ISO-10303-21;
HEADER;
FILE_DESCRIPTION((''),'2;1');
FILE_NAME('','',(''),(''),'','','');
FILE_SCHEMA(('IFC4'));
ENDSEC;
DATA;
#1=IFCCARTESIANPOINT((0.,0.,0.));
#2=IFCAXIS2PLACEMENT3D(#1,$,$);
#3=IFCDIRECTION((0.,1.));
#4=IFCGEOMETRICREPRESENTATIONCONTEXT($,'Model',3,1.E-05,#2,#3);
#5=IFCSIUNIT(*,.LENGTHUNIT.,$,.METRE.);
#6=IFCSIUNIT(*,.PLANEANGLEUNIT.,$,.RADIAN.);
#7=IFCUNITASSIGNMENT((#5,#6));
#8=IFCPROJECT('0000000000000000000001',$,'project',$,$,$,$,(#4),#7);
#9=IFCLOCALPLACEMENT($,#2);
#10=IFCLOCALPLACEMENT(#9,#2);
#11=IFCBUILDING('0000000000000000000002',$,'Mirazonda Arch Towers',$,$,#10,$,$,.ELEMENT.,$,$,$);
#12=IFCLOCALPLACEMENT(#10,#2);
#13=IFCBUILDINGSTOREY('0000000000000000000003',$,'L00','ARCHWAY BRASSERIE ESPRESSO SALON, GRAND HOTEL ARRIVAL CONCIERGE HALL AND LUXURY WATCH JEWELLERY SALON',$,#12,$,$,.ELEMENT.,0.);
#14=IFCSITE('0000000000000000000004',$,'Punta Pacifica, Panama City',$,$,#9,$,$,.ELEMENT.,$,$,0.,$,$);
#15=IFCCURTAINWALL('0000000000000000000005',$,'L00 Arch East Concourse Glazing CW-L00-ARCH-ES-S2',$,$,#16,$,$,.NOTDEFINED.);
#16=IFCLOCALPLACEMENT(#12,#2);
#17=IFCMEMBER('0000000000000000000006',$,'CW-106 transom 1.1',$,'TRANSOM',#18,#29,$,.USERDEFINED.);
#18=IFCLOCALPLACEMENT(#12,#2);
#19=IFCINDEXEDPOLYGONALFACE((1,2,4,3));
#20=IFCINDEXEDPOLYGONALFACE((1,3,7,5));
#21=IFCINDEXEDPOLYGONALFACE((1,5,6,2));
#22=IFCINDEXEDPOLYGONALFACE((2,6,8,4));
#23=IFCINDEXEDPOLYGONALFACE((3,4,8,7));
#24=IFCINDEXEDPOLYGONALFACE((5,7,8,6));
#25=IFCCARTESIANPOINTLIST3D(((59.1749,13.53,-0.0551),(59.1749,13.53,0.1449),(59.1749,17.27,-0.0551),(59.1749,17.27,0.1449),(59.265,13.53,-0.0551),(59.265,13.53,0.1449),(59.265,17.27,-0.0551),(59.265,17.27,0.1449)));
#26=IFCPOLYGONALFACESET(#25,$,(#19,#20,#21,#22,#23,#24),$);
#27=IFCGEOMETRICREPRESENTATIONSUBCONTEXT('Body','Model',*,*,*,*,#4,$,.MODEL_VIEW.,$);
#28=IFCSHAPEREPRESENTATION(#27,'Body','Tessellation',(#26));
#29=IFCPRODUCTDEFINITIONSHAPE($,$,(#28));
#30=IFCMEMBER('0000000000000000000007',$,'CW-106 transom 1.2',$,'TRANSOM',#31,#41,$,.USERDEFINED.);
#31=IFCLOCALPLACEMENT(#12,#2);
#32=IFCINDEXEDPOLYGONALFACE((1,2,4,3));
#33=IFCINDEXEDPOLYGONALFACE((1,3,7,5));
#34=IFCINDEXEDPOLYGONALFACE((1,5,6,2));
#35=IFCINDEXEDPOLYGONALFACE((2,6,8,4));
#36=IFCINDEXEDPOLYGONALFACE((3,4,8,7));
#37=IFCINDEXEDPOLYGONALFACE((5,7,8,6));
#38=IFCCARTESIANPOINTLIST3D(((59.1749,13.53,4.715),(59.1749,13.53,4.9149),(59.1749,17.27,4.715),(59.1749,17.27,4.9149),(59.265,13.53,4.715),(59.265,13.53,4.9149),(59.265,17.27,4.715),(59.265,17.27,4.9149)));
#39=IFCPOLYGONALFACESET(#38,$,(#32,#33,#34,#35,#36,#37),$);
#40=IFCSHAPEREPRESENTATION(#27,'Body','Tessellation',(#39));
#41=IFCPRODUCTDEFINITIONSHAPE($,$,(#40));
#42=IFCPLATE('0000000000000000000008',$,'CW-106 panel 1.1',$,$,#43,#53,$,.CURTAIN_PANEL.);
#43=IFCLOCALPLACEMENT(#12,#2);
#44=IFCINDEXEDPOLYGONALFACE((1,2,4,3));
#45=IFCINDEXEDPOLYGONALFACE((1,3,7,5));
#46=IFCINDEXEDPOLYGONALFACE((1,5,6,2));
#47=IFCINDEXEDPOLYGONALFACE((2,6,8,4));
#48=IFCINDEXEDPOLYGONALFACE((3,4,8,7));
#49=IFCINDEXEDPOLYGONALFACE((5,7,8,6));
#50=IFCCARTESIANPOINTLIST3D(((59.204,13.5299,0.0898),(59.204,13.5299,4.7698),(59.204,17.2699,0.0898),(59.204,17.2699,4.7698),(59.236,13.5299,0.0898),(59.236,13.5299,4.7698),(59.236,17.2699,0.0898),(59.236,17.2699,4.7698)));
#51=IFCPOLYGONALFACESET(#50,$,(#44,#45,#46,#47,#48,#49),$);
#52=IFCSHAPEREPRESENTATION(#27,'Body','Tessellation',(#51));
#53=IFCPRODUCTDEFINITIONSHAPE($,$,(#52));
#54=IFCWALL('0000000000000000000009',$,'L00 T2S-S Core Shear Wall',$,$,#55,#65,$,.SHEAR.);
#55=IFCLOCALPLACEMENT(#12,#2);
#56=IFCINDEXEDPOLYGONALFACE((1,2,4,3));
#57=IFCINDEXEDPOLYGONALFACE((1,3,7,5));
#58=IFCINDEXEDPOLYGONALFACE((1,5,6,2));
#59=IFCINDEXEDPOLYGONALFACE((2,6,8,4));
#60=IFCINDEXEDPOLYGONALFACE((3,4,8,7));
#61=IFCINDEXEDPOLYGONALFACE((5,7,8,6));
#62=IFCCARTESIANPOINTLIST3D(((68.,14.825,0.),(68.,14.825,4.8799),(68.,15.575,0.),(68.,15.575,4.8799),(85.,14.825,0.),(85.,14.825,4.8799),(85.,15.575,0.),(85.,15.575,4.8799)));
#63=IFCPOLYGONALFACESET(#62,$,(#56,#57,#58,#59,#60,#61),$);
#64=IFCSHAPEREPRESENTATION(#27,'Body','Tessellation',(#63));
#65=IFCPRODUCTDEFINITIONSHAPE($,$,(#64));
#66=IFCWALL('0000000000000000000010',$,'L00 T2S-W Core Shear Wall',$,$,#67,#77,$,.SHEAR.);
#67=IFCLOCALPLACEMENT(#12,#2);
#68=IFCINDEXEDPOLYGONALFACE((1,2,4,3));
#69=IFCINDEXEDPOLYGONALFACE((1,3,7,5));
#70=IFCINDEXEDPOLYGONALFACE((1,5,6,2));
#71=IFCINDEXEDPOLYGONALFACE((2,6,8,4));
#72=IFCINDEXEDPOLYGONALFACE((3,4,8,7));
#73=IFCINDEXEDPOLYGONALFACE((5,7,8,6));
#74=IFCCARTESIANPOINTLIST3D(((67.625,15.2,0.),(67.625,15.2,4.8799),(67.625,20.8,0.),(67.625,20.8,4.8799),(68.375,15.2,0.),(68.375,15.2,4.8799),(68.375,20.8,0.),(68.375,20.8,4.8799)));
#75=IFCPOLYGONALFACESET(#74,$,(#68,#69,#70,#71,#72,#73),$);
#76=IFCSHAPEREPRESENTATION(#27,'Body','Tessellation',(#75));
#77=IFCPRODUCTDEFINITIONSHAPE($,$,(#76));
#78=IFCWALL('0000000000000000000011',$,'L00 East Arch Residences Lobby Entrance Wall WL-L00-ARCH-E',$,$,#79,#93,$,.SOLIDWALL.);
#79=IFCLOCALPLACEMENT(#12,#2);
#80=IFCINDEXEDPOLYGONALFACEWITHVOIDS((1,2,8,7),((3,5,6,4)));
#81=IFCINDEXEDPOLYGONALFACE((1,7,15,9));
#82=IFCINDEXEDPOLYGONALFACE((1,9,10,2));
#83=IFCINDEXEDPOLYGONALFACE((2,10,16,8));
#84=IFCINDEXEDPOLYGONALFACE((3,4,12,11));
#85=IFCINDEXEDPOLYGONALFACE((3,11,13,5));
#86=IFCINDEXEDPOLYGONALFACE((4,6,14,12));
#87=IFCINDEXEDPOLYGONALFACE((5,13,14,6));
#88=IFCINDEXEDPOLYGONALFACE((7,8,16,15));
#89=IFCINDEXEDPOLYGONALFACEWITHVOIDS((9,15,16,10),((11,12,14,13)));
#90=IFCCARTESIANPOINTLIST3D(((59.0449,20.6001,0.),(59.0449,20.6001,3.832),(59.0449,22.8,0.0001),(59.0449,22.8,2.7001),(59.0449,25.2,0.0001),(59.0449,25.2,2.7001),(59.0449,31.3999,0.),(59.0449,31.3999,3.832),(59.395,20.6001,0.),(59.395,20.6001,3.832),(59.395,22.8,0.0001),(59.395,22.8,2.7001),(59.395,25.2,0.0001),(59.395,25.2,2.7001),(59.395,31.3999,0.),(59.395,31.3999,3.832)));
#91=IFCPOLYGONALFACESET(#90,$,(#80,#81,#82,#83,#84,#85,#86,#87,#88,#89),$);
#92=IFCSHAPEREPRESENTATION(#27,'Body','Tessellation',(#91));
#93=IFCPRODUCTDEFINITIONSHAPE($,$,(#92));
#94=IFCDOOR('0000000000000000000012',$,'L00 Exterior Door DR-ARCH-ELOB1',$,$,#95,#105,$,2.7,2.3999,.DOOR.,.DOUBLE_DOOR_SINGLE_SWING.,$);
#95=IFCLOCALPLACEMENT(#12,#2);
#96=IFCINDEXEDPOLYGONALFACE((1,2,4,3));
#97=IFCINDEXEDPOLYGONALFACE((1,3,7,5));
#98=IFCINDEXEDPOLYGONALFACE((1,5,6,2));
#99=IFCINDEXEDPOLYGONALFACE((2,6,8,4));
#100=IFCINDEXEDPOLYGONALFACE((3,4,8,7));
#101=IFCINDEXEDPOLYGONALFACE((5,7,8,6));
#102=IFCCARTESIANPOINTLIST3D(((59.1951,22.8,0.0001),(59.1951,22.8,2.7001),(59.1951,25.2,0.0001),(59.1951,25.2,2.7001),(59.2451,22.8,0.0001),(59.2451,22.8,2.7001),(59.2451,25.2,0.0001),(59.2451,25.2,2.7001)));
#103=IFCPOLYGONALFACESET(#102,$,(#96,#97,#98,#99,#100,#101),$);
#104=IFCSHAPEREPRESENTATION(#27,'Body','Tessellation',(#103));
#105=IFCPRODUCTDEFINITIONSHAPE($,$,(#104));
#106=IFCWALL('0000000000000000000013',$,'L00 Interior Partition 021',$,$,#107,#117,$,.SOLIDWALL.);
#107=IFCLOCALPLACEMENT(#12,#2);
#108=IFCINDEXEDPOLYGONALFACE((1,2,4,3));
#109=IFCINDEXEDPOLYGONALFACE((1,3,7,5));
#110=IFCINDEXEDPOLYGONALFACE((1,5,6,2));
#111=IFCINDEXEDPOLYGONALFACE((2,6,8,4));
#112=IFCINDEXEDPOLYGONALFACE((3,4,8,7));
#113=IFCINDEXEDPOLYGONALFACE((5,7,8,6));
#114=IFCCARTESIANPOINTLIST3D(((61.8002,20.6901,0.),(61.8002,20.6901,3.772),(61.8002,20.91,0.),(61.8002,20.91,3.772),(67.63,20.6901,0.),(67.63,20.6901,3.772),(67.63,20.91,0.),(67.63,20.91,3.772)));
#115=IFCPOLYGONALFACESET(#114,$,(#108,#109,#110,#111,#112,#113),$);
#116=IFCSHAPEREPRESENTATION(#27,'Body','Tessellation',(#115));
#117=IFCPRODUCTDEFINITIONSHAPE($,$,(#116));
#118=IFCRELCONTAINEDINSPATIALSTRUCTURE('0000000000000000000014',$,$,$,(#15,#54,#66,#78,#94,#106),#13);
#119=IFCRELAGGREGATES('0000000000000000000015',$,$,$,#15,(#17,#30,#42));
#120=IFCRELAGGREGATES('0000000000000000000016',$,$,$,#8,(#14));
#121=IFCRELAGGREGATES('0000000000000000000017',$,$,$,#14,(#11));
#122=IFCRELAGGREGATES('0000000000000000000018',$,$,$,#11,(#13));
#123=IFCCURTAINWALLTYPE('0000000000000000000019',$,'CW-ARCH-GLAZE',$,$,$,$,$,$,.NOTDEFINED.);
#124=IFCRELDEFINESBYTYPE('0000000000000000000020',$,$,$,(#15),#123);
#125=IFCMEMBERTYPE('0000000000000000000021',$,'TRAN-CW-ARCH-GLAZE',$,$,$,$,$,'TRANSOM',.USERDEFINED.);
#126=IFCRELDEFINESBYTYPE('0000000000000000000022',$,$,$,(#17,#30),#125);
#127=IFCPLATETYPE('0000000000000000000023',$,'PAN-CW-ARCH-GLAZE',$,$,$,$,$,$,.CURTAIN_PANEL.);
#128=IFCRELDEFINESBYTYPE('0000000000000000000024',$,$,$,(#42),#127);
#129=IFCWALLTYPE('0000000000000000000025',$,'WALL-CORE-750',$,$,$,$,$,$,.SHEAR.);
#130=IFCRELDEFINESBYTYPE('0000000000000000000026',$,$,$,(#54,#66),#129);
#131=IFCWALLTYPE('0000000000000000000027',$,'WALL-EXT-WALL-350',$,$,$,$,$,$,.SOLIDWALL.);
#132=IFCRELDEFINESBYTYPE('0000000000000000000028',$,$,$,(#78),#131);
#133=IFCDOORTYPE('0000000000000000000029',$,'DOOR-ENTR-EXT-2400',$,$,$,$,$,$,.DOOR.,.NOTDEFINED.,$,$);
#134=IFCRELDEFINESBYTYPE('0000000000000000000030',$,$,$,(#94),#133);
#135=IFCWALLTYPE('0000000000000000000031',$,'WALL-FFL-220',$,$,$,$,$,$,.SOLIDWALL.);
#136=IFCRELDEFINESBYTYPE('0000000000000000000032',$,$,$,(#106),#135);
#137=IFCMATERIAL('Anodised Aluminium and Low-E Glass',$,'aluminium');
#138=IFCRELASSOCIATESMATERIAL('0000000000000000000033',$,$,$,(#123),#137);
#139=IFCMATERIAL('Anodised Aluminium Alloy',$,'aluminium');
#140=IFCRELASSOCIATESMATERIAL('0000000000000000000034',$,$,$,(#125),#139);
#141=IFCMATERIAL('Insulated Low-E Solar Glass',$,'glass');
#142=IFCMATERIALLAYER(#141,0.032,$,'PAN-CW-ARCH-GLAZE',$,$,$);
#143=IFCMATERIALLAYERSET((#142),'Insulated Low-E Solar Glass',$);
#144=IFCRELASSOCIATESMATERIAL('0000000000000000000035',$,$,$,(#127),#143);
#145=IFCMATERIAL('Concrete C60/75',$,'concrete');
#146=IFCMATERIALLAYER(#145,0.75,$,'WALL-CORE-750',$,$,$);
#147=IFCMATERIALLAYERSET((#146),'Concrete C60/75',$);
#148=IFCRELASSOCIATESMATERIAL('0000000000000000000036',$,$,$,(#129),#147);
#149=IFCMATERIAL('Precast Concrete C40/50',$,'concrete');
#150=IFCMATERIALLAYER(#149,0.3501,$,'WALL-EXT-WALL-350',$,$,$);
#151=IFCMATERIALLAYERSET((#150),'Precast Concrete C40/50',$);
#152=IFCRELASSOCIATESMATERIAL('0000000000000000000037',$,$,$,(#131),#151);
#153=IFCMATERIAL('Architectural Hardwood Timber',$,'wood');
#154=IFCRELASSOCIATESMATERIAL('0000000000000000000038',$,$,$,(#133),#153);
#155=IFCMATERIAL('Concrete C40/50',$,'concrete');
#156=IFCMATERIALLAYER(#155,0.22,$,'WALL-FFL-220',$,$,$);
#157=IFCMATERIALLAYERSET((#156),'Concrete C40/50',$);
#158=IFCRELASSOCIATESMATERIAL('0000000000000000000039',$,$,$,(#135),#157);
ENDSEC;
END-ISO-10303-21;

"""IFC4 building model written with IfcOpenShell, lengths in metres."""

from ifc_helpers import new_model, si_unit, direction, frame, frame_2d, origin, origin_2d, place, context, subcontext, project, spatial, rectangle, extrude, material, layer, layer_set, material_profile, profile_set, type_object, element, fill, aggregate, save


model = new_model("IFC4")

# Units and contexts
model_context = context("Model", 3, precision=1e-05, world=origin(), true_north=direction((0.0, 1.0)))
body_context = subcontext(model_context, "Body", "Model", "MODEL_VIEW")
ifc_project = project(units=[si_unit("LENGTHUNIT", "METRE"), si_unit("PLANEANGLEUNIT", "RADIAN")], contexts=[model_context])

# Site, building, storey
site_placement = place(None, origin())
site = spatial("IfcSite", under=ifc_project, at=site_placement, Name="Punta Pacifica, Panama City", CompositionType="ELEMENT", RefElevation=0.0)
building_placement = place(site_placement, origin())
building = spatial("IfcBuilding", under=site, at=building_placement, Name="Mirazonda Arch Towers", CompositionType="ELEMENT")
storey_placement = place(building_placement, origin())
storey = spatial("IfcBuildingStorey", under=building, at=storey_placement, Name="L00", Description="ARCHWAY BRASSERIE ESPRESSO SALON, GRAND HOTEL ARRIVAL CONCIERGE HALL AND LUXURY WATCH JEWELLERY SALON", CompositionType="ELEMENT", Elevation=0.0)

# Shared definitions
ifc_material_1 = material(Name="Concrete C60/75", Category="concrete")

# Curtain wall, members, plate
ifc_material_2 = material(Name="Anodised Aluminium and Low-E Glass", Category="aluminium")
curtain_wall_type = type_object("IfcCurtainWallType", Name="CW-ARCH-GLAZE", PredefinedType="NOTDEFINED", material=ifc_material_2)
curtain_wall_placement = place(storey_placement, origin())
curtain_wall = element("IfcCurtainWall", 1, at=curtain_wall_placement, inside=storey, type_object=curtain_wall_type, Name="L00 Arch East Concourse Glazing CW-L00-ARCH-ES-S2", PredefinedType="NOTDEFINED")
ifc_material_3 = material(Name="Anodised Aluminium Alloy", Category="aluminium")
ifc_material_profile_1 = material_profile(ifc_material_3, rectangle(XDim=0.0901, YDim=0.2, at=origin_2d()), Name="ALU-TRAN-90x200")
ifc_profile_set_1 = profile_set([ifc_material_profile_1], Name="Anodised Aluminium Alloy")
member_type_1 = type_object("IfcMemberType", Name="TRAN-CW-ARCH-GLAZE", ElementType="TRANSOM", PredefinedType="USERDEFINED", material=ifc_profile_set_1)
member_1_placement = place(storey_placement, frame((59.22, 13.53, 0.0449), z_axis=(0.0, 1.0, 0.0), x_axis=(-1.0, 0.0, 0.0)))
member_1 = element("IfcMember", 2, at=member_1_placement, type_object=member_type_1, Name="CW-106 transom 1.1", ObjectType="TRANSOM", PredefinedType="USERDEFINED", context=body_context, shape_type="SweptSolid", body=[
    extrude(rectangle(XDim=0.0901, YDim=0.2, at=origin_2d()), origin(), (0.0, 0.0, 1.0), 3.74),
])
member_2_placement = place(storey_placement, frame((59.22, 13.53, 4.8149), z_axis=(0.0, 1.0, 0.0), x_axis=(-1.0, 0.0, 0.0)))
member_2 = element("IfcMember", 3, at=member_2_placement, type_object=member_type_1, Name="CW-106 transom 1.2", ObjectType="TRANSOM", PredefinedType="USERDEFINED", context=body_context, shape_type="SweptSolid", body=[
    extrude(rectangle(XDim=0.0901, YDim=0.2, at=origin_2d()), origin(), (0.0, 0.0, 1.0), 3.74),
])
ifc_material_4 = material(Name="Insulated Low-E Solar Glass", Category="glass")
ifc_layer_1 = layer(ifc_material_4, 0.032, Name="PAN-CW-ARCH-GLAZE")
ifc_layer_set_1 = layer_set([ifc_layer_1], Name="Insulated Low-E Solar Glass")
plate_type = type_object("IfcPlateType", Name="PAN-CW-ARCH-GLAZE", PredefinedType="CURTAIN_PANEL", material=ifc_layer_set_1)
plate_placement = place(storey_placement, frame((59.22, 15.3999, 0.0898), z_axis=(0.0, 0.0, 1.0), x_axis=(0.0, 1.0, 0.0)))
plate = element("IfcPlate", 4, at=plate_placement, type_object=plate_type, Name="CW-106 panel 1.1", PredefinedType="CURTAIN_PANEL", context=body_context, shape_type="SweptSolid", body=[
    extrude(rectangle(XDim=3.74, YDim=0.032, at=origin_2d()), origin(), (0.0, 0.0, 1.0), 4.6799),
])
aggregate(curtain_wall, [member_1, member_2, plate])

# Walls
ifc_layer_2 = layer(ifc_material_1, 0.75, Name="WALL-CORE-750")
ifc_layer_set_2 = layer_set([ifc_layer_2], Name="Concrete C60/75")
wall_type_1 = type_object("IfcWallType", Name="WALL-CORE-750", PredefinedType="SHEAR", material=ifc_layer_set_2)
wall_1_placement = place(storey_placement, frame((68.0, 15.2, 0.0), z_axis=(0.0, 0.0, 1.0), x_axis=(1.0, 0.0, 0.0)))
element("IfcWall", 5, at=wall_1_placement, inside=storey, type_object=wall_type_1, Name="L00 T2S-S Core Shear Wall", PredefinedType="SHEAR", context=body_context, shape_type="SweptSolid", body=[
    extrude(rectangle(XDim=17.0, YDim=0.75, at=frame_2d((8.5, 0.0))), origin(), (0.0, 0.0, 1.0), 4.8799),
])
wall_2_placement = place(storey_placement, frame((68.0, 15.2, 0.0), z_axis=(0.0, 0.0, 1.0), x_axis=(0.0, 1.0, 0.0)))
element("IfcWall", 6, at=wall_2_placement, inside=storey, type_object=wall_type_1, Name="L00 T2S-W Core Shear Wall", PredefinedType="SHEAR", context=body_context, shape_type="SweptSolid", body=[
    extrude(rectangle(XDim=5.6001, YDim=0.75, at=frame_2d((2.8, 0.0))), origin(), (0.0, 0.0, 1.0), 4.8799),
])

# Wall, opening, door
ifc_material_5 = material(Name="Precast Concrete C40/50", Category="concrete")
ifc_layer_3 = layer(ifc_material_5, 0.3501, Name="WALL-EXT-WALL-350")
ifc_layer_set_3 = layer_set([ifc_layer_3], Name="Precast Concrete C40/50")
wall_type_2 = type_object("IfcWallType", Name="WALL-EXT-WALL-350", PredefinedType="SOLIDWALL", material=ifc_layer_set_3)
wall_3_placement = place(storey_placement, frame((59.22, 20.6001, 0.0), z_axis=(0.0, 0.0, 1.0), x_axis=(0.0, 1.0, 0.0)))
wall_3 = element("IfcWall", 7, at=wall_3_placement, inside=storey, type_object=wall_type_2, Name="L00 East Arch Residences Lobby Entrance Wall WL-L00-ARCH-E", PredefinedType="SOLIDWALL", context=body_context, shape_type="SweptSolid", body=[
    extrude(rectangle(XDim=10.7998, YDim=0.3501, at=frame_2d((5.3999, 0.0))), origin(), (0.0, 0.0, 1.0), 3.832),
])
opening_placement = place(wall_3_placement, frame((2.2, 0.0, 0.0)))
opening = element("IfcOpeningElement", 8, at=opening_placement, cuts=wall_3, PredefinedType="OPENING", context=body_context, shape_type="SweptSolid", body=[
    extrude(rectangle(XDim=2.3999, YDim=2.7, at=frame_2d((1.2, 1.3501))), frame((0.0, 0.1851, 0.0), z_axis=(0.0, -1.0, 0.0), x_axis=(1.0, 0.0, 0.0)), (0.0, 0.0, 1.0), 0.3701),
])
ifc_material_6 = material(Name="Architectural Hardwood Timber", Category="wood")
door_type = type_object("IfcDoorType", Name="DOOR-ENTR-EXT-2400", OperationType="NOTDEFINED", PredefinedType="DOOR", material=ifc_material_6)
door_placement = place(opening_placement, origin())
door = element("IfcDoor", 9, at=door_placement, inside=storey, type_object=door_type, Name="L00 Exterior Door DR-ARCH-ELOB1", OperationType="DOUBLE_DOOR_SINGLE_SWING", OverallHeight=2.7, OverallWidth=2.3999, PredefinedType="DOOR", context=body_context, shape_type="SweptSolid", body=[
    extrude(rectangle(XDim=2.3999, YDim=2.7, at=frame_2d((1.2, 1.3501))), frame((0.0, 0.0249, 0.0), z_axis=(0.0, -1.0, 0.0), x_axis=(1.0, 0.0, 0.0)), (0.0, 0.0, 1.0), 0.05),
])
fill(opening, door)

# Wall
ifc_material_7 = material(Name="Concrete C40/50", Category="concrete")
ifc_layer_4 = layer(ifc_material_7, 0.22, Name="WALL-FFL-220")
ifc_layer_set_4 = layer_set([ifc_layer_4], Name="Concrete C40/50")
wall_type_3 = type_object("IfcWallType", Name="WALL-FFL-220", PredefinedType="SOLIDWALL", material=ifc_layer_set_4)
wall_4_placement = place(storey_placement, frame((61.8, 20.8, 0.0), z_axis=(0.0, 0.0, 1.0), x_axis=(1.0, 0.0, 0.0)))
element("IfcWall", 10, at=wall_4_placement, inside=storey, type_object=wall_type_3, Name="L00 Interior Partition 021", PredefinedType="SOLIDWALL", context=body_context, shape_type="SweptSolid", body=[
    extrude(rectangle(XDim=5.8298, YDim=0.22, at=frame_2d((2.915, 0.0))), origin(), (0.0, 0.0, 1.0), 3.772),
])

save(model, "model.ifc")
